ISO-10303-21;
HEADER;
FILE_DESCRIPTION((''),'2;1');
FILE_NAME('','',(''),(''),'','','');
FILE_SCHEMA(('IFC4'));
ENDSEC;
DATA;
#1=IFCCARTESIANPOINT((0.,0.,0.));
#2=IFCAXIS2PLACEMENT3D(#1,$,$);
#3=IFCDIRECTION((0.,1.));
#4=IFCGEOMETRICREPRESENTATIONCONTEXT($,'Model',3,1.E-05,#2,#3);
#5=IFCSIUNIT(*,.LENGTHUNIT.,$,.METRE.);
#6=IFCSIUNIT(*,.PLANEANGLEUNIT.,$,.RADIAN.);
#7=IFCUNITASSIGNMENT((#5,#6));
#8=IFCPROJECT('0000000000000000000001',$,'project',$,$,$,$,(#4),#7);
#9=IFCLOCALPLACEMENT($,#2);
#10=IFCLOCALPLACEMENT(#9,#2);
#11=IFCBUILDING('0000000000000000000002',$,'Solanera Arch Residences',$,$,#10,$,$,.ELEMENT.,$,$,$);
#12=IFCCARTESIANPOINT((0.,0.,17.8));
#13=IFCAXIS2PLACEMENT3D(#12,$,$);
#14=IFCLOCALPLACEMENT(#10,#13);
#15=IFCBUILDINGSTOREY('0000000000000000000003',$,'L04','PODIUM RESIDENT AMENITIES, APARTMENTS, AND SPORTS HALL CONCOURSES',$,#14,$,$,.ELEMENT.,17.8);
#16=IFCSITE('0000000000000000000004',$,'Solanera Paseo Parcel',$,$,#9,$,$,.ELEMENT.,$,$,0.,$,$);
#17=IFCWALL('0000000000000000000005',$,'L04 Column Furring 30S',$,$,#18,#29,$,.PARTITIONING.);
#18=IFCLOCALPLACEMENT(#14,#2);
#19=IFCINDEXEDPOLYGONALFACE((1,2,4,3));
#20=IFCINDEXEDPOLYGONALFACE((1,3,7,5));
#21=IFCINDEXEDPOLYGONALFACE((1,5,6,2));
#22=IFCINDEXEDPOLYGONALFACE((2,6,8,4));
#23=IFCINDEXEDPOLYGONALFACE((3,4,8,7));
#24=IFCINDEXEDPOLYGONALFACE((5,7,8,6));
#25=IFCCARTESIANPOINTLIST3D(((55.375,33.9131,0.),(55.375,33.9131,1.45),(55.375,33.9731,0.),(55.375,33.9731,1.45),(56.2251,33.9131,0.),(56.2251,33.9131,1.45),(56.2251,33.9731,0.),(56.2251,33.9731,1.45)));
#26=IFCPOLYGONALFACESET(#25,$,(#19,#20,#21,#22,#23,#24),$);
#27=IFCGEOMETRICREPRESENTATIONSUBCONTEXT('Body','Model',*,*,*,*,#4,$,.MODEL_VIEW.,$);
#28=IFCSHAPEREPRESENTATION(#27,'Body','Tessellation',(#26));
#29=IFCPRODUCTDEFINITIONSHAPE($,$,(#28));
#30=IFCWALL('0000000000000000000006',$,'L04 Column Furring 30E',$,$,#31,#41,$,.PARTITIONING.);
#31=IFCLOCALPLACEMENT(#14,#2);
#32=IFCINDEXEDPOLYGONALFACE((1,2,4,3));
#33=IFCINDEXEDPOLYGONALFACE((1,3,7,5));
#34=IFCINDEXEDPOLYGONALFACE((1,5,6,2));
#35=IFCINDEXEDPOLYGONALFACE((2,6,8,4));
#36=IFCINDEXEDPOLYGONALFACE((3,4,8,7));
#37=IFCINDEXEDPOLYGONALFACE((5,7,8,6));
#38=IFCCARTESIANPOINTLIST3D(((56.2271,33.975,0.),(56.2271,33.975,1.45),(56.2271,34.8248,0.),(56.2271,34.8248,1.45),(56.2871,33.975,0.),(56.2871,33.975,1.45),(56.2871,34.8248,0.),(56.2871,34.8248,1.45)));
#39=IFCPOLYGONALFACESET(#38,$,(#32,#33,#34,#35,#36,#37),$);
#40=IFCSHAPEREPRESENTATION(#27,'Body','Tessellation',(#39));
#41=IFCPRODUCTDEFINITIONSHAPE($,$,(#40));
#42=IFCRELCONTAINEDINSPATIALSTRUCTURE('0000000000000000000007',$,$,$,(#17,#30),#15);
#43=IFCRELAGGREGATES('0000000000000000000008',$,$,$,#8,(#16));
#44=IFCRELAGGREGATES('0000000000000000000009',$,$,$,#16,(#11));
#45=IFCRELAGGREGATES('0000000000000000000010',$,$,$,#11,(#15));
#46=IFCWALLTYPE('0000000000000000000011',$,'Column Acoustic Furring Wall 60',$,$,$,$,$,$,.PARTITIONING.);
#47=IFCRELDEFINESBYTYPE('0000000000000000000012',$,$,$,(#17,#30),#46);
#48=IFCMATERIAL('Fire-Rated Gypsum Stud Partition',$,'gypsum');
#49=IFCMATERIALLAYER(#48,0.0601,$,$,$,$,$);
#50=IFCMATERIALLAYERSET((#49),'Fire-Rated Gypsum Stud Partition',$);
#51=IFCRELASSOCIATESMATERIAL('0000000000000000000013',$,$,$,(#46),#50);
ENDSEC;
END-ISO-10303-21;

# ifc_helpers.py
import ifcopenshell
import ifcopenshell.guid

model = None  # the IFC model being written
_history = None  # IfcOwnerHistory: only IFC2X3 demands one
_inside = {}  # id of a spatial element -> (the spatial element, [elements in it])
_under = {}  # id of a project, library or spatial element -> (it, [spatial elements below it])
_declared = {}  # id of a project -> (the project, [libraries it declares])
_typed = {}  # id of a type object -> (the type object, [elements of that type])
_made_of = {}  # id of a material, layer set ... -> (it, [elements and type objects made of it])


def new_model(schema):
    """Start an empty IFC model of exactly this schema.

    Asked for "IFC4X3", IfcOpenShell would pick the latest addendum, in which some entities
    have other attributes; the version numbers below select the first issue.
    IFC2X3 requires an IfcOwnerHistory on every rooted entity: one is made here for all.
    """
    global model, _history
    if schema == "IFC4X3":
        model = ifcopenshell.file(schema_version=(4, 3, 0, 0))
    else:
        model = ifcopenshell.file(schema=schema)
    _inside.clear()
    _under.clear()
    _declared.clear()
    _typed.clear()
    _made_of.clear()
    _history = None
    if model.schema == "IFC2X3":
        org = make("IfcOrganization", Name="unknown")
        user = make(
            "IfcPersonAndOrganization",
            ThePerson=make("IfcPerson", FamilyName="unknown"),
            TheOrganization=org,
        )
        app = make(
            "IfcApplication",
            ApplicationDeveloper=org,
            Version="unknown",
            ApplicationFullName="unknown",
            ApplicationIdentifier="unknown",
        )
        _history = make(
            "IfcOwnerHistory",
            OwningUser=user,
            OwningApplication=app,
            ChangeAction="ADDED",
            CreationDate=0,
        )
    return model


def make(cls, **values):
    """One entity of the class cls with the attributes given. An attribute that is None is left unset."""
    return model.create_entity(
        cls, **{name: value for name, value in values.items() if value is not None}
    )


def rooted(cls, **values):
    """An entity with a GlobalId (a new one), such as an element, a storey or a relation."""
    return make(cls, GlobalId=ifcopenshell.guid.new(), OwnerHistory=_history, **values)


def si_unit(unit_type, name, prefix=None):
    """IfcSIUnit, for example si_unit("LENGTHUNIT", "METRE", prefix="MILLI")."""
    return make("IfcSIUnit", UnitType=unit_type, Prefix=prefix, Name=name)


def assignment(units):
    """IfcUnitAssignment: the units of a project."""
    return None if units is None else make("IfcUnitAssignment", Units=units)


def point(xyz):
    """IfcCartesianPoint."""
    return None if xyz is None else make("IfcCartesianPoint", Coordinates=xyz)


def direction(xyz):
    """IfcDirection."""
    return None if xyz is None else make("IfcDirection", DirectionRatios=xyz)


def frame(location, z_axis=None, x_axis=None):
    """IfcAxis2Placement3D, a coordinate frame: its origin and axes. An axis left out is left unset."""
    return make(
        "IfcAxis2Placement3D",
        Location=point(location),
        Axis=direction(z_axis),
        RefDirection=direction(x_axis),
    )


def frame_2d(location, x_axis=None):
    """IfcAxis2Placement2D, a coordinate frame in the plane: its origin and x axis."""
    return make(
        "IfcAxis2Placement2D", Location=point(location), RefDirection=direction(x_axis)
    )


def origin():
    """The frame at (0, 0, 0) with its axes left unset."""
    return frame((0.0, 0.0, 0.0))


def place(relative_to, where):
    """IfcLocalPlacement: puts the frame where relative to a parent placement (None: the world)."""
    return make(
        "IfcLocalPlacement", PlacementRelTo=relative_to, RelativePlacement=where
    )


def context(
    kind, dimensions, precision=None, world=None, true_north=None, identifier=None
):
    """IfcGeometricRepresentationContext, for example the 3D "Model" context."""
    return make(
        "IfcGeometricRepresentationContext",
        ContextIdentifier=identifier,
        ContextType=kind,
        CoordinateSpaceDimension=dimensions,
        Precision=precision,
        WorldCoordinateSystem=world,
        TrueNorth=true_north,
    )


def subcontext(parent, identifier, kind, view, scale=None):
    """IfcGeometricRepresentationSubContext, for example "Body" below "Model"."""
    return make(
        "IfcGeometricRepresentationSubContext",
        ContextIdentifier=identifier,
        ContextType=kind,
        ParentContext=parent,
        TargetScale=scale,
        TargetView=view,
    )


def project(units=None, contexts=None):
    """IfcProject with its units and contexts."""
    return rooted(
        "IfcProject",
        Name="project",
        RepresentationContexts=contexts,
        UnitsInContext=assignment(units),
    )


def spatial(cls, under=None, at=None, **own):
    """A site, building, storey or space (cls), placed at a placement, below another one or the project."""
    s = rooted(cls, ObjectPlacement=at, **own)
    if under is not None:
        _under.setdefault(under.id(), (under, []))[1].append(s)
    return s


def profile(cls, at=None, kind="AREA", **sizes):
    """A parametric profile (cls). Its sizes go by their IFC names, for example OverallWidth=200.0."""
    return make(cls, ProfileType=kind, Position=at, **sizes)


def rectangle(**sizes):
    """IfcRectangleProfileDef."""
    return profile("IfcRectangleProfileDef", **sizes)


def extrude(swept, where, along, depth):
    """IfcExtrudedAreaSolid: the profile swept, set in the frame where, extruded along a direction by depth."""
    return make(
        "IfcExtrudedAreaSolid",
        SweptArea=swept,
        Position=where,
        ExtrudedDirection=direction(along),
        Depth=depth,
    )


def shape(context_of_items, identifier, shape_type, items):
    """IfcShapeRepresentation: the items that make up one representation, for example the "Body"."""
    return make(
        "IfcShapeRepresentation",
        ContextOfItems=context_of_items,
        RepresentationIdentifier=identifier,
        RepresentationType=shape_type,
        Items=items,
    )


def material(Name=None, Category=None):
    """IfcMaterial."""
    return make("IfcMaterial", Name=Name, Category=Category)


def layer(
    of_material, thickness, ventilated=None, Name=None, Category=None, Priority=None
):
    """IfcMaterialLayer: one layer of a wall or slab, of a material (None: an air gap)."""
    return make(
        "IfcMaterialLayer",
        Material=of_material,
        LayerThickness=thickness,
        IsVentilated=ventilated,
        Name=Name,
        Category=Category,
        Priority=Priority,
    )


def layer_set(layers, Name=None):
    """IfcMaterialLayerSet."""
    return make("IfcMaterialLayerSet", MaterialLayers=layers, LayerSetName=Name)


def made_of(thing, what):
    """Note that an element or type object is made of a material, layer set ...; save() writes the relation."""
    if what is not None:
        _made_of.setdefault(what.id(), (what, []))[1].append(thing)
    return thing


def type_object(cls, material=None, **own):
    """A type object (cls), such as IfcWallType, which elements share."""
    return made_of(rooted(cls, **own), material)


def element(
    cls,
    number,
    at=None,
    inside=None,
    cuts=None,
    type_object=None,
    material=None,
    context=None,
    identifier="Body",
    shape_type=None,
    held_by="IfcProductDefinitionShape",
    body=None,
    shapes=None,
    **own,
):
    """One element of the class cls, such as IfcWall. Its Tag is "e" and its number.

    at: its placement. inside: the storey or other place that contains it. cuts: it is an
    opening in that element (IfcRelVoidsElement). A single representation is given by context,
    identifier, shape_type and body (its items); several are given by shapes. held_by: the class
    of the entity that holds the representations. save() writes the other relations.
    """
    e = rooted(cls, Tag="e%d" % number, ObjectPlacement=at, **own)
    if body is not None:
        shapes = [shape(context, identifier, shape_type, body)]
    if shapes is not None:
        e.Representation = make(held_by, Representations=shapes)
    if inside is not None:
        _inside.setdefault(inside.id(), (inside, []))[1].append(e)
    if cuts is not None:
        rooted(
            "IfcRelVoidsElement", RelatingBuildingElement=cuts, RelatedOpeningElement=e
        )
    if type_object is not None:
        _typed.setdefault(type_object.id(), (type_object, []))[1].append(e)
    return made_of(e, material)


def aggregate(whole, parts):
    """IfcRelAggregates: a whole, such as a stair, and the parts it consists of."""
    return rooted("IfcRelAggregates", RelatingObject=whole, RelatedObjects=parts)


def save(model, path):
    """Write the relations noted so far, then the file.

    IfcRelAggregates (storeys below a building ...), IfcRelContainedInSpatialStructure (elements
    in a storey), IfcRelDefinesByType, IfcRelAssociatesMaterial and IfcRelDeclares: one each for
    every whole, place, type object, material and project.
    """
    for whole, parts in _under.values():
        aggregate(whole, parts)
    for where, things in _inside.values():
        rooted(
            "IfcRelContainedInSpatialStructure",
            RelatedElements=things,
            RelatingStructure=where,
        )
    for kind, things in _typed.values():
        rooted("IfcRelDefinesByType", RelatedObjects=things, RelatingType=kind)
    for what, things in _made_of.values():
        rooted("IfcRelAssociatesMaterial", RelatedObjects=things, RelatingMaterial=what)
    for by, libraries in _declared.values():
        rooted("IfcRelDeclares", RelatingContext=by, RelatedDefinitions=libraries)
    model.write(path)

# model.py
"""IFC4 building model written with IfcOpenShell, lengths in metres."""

from ifc_helpers import new_model, si_unit, direction, frame, frame_2d, origin, place, context, subcontext, project, spatial, rectangle, extrude, material, layer, layer_set, type_object, element, save


model = new_model("IFC4")

# Units and contexts
model_context = context("Model", 3, precision=1e-05, world=origin(), true_north=direction((0.0, 1.0)))
body_context = subcontext(model_context, "Body", "Model", "MODEL_VIEW")
ifc_project = project(units=[si_unit("LENGTHUNIT", "METRE"), si_unit("PLANEANGLEUNIT", "RADIAN")], contexts=[model_context])

# Site, building, storey
site_placement = place(None, origin())
site = spatial("IfcSite", under=ifc_project, at=site_placement, Name="Solanera Paseo Parcel", CompositionType="ELEMENT", RefElevation=0.0)
building_placement = place(site_placement, origin())
building = spatial("IfcBuilding", under=site, at=building_placement, Name="Solanera Arch Residences", CompositionType="ELEMENT")
storey_placement = place(building_placement, frame((0.0, 0.0, 17.8)))
storey = spatial("IfcBuildingStorey", under=building, at=storey_placement, Name="L04", Description="PODIUM RESIDENT AMENITIES, APARTMENTS, AND SPORTS HALL CONCOURSES", CompositionType="ELEMENT", Elevation=17.8)

# Walls
ifc_material_1 = material(Name="Fire-Rated Gypsum Stud Partition", Category="gypsum")
ifc_layer_1 = layer(ifc_material_1, 0.0601)
ifc_layer_set_1 = layer_set([ifc_layer_1], Name="Fire-Rated Gypsum Stud Partition")
wall_type = type_object("IfcWallType", Name="Column Acoustic Furring Wall 60", PredefinedType="PARTITIONING", material=ifc_layer_set_1)
for number, where, z_axis, x_axis, name in (
    (1, (55.375, 33.9431, 0.0), (0.0, 0.0, 1.0), (1.0, 0.0, 0.0), "L04 Column Furring 30S"),
):
    element("IfcWall", number, at=place(storey_placement, frame(where, z_axis=z_axis, x_axis=x_axis)), inside=storey, type_object=wall_type, Name=name, PredefinedType="PARTITIONING", context=body_context, shape_type="SweptSolid", body=[
        extrude(rectangle(XDim=0.8501, YDim=0.0601, at=frame_2d((0.425, 0.0))), origin(), (0.0, 0.0, 1.0), 1.45),
    ])
wall_placement = place(storey_placement, frame((56.2571, 33.9751, 0.0), z_axis=(0.0, 0.0, 1.0), x_axis=(0.0, 1.0, 0.0)))
element("IfcWall", 2, at=wall_placement, inside=storey, type_object=wall_type, Name="L04 Column Furring 30E", PredefinedType="PARTITIONING", context=body_context, shape_type="SweptSolid", body=[
    extrude(rectangle(XDim=0.8499, YDim=0.0601, at=frame_2d((0.4248, 0.0))), origin(), (0.0, 0.0, 1.0), 1.45),
])

save(model, "model.ifc")
